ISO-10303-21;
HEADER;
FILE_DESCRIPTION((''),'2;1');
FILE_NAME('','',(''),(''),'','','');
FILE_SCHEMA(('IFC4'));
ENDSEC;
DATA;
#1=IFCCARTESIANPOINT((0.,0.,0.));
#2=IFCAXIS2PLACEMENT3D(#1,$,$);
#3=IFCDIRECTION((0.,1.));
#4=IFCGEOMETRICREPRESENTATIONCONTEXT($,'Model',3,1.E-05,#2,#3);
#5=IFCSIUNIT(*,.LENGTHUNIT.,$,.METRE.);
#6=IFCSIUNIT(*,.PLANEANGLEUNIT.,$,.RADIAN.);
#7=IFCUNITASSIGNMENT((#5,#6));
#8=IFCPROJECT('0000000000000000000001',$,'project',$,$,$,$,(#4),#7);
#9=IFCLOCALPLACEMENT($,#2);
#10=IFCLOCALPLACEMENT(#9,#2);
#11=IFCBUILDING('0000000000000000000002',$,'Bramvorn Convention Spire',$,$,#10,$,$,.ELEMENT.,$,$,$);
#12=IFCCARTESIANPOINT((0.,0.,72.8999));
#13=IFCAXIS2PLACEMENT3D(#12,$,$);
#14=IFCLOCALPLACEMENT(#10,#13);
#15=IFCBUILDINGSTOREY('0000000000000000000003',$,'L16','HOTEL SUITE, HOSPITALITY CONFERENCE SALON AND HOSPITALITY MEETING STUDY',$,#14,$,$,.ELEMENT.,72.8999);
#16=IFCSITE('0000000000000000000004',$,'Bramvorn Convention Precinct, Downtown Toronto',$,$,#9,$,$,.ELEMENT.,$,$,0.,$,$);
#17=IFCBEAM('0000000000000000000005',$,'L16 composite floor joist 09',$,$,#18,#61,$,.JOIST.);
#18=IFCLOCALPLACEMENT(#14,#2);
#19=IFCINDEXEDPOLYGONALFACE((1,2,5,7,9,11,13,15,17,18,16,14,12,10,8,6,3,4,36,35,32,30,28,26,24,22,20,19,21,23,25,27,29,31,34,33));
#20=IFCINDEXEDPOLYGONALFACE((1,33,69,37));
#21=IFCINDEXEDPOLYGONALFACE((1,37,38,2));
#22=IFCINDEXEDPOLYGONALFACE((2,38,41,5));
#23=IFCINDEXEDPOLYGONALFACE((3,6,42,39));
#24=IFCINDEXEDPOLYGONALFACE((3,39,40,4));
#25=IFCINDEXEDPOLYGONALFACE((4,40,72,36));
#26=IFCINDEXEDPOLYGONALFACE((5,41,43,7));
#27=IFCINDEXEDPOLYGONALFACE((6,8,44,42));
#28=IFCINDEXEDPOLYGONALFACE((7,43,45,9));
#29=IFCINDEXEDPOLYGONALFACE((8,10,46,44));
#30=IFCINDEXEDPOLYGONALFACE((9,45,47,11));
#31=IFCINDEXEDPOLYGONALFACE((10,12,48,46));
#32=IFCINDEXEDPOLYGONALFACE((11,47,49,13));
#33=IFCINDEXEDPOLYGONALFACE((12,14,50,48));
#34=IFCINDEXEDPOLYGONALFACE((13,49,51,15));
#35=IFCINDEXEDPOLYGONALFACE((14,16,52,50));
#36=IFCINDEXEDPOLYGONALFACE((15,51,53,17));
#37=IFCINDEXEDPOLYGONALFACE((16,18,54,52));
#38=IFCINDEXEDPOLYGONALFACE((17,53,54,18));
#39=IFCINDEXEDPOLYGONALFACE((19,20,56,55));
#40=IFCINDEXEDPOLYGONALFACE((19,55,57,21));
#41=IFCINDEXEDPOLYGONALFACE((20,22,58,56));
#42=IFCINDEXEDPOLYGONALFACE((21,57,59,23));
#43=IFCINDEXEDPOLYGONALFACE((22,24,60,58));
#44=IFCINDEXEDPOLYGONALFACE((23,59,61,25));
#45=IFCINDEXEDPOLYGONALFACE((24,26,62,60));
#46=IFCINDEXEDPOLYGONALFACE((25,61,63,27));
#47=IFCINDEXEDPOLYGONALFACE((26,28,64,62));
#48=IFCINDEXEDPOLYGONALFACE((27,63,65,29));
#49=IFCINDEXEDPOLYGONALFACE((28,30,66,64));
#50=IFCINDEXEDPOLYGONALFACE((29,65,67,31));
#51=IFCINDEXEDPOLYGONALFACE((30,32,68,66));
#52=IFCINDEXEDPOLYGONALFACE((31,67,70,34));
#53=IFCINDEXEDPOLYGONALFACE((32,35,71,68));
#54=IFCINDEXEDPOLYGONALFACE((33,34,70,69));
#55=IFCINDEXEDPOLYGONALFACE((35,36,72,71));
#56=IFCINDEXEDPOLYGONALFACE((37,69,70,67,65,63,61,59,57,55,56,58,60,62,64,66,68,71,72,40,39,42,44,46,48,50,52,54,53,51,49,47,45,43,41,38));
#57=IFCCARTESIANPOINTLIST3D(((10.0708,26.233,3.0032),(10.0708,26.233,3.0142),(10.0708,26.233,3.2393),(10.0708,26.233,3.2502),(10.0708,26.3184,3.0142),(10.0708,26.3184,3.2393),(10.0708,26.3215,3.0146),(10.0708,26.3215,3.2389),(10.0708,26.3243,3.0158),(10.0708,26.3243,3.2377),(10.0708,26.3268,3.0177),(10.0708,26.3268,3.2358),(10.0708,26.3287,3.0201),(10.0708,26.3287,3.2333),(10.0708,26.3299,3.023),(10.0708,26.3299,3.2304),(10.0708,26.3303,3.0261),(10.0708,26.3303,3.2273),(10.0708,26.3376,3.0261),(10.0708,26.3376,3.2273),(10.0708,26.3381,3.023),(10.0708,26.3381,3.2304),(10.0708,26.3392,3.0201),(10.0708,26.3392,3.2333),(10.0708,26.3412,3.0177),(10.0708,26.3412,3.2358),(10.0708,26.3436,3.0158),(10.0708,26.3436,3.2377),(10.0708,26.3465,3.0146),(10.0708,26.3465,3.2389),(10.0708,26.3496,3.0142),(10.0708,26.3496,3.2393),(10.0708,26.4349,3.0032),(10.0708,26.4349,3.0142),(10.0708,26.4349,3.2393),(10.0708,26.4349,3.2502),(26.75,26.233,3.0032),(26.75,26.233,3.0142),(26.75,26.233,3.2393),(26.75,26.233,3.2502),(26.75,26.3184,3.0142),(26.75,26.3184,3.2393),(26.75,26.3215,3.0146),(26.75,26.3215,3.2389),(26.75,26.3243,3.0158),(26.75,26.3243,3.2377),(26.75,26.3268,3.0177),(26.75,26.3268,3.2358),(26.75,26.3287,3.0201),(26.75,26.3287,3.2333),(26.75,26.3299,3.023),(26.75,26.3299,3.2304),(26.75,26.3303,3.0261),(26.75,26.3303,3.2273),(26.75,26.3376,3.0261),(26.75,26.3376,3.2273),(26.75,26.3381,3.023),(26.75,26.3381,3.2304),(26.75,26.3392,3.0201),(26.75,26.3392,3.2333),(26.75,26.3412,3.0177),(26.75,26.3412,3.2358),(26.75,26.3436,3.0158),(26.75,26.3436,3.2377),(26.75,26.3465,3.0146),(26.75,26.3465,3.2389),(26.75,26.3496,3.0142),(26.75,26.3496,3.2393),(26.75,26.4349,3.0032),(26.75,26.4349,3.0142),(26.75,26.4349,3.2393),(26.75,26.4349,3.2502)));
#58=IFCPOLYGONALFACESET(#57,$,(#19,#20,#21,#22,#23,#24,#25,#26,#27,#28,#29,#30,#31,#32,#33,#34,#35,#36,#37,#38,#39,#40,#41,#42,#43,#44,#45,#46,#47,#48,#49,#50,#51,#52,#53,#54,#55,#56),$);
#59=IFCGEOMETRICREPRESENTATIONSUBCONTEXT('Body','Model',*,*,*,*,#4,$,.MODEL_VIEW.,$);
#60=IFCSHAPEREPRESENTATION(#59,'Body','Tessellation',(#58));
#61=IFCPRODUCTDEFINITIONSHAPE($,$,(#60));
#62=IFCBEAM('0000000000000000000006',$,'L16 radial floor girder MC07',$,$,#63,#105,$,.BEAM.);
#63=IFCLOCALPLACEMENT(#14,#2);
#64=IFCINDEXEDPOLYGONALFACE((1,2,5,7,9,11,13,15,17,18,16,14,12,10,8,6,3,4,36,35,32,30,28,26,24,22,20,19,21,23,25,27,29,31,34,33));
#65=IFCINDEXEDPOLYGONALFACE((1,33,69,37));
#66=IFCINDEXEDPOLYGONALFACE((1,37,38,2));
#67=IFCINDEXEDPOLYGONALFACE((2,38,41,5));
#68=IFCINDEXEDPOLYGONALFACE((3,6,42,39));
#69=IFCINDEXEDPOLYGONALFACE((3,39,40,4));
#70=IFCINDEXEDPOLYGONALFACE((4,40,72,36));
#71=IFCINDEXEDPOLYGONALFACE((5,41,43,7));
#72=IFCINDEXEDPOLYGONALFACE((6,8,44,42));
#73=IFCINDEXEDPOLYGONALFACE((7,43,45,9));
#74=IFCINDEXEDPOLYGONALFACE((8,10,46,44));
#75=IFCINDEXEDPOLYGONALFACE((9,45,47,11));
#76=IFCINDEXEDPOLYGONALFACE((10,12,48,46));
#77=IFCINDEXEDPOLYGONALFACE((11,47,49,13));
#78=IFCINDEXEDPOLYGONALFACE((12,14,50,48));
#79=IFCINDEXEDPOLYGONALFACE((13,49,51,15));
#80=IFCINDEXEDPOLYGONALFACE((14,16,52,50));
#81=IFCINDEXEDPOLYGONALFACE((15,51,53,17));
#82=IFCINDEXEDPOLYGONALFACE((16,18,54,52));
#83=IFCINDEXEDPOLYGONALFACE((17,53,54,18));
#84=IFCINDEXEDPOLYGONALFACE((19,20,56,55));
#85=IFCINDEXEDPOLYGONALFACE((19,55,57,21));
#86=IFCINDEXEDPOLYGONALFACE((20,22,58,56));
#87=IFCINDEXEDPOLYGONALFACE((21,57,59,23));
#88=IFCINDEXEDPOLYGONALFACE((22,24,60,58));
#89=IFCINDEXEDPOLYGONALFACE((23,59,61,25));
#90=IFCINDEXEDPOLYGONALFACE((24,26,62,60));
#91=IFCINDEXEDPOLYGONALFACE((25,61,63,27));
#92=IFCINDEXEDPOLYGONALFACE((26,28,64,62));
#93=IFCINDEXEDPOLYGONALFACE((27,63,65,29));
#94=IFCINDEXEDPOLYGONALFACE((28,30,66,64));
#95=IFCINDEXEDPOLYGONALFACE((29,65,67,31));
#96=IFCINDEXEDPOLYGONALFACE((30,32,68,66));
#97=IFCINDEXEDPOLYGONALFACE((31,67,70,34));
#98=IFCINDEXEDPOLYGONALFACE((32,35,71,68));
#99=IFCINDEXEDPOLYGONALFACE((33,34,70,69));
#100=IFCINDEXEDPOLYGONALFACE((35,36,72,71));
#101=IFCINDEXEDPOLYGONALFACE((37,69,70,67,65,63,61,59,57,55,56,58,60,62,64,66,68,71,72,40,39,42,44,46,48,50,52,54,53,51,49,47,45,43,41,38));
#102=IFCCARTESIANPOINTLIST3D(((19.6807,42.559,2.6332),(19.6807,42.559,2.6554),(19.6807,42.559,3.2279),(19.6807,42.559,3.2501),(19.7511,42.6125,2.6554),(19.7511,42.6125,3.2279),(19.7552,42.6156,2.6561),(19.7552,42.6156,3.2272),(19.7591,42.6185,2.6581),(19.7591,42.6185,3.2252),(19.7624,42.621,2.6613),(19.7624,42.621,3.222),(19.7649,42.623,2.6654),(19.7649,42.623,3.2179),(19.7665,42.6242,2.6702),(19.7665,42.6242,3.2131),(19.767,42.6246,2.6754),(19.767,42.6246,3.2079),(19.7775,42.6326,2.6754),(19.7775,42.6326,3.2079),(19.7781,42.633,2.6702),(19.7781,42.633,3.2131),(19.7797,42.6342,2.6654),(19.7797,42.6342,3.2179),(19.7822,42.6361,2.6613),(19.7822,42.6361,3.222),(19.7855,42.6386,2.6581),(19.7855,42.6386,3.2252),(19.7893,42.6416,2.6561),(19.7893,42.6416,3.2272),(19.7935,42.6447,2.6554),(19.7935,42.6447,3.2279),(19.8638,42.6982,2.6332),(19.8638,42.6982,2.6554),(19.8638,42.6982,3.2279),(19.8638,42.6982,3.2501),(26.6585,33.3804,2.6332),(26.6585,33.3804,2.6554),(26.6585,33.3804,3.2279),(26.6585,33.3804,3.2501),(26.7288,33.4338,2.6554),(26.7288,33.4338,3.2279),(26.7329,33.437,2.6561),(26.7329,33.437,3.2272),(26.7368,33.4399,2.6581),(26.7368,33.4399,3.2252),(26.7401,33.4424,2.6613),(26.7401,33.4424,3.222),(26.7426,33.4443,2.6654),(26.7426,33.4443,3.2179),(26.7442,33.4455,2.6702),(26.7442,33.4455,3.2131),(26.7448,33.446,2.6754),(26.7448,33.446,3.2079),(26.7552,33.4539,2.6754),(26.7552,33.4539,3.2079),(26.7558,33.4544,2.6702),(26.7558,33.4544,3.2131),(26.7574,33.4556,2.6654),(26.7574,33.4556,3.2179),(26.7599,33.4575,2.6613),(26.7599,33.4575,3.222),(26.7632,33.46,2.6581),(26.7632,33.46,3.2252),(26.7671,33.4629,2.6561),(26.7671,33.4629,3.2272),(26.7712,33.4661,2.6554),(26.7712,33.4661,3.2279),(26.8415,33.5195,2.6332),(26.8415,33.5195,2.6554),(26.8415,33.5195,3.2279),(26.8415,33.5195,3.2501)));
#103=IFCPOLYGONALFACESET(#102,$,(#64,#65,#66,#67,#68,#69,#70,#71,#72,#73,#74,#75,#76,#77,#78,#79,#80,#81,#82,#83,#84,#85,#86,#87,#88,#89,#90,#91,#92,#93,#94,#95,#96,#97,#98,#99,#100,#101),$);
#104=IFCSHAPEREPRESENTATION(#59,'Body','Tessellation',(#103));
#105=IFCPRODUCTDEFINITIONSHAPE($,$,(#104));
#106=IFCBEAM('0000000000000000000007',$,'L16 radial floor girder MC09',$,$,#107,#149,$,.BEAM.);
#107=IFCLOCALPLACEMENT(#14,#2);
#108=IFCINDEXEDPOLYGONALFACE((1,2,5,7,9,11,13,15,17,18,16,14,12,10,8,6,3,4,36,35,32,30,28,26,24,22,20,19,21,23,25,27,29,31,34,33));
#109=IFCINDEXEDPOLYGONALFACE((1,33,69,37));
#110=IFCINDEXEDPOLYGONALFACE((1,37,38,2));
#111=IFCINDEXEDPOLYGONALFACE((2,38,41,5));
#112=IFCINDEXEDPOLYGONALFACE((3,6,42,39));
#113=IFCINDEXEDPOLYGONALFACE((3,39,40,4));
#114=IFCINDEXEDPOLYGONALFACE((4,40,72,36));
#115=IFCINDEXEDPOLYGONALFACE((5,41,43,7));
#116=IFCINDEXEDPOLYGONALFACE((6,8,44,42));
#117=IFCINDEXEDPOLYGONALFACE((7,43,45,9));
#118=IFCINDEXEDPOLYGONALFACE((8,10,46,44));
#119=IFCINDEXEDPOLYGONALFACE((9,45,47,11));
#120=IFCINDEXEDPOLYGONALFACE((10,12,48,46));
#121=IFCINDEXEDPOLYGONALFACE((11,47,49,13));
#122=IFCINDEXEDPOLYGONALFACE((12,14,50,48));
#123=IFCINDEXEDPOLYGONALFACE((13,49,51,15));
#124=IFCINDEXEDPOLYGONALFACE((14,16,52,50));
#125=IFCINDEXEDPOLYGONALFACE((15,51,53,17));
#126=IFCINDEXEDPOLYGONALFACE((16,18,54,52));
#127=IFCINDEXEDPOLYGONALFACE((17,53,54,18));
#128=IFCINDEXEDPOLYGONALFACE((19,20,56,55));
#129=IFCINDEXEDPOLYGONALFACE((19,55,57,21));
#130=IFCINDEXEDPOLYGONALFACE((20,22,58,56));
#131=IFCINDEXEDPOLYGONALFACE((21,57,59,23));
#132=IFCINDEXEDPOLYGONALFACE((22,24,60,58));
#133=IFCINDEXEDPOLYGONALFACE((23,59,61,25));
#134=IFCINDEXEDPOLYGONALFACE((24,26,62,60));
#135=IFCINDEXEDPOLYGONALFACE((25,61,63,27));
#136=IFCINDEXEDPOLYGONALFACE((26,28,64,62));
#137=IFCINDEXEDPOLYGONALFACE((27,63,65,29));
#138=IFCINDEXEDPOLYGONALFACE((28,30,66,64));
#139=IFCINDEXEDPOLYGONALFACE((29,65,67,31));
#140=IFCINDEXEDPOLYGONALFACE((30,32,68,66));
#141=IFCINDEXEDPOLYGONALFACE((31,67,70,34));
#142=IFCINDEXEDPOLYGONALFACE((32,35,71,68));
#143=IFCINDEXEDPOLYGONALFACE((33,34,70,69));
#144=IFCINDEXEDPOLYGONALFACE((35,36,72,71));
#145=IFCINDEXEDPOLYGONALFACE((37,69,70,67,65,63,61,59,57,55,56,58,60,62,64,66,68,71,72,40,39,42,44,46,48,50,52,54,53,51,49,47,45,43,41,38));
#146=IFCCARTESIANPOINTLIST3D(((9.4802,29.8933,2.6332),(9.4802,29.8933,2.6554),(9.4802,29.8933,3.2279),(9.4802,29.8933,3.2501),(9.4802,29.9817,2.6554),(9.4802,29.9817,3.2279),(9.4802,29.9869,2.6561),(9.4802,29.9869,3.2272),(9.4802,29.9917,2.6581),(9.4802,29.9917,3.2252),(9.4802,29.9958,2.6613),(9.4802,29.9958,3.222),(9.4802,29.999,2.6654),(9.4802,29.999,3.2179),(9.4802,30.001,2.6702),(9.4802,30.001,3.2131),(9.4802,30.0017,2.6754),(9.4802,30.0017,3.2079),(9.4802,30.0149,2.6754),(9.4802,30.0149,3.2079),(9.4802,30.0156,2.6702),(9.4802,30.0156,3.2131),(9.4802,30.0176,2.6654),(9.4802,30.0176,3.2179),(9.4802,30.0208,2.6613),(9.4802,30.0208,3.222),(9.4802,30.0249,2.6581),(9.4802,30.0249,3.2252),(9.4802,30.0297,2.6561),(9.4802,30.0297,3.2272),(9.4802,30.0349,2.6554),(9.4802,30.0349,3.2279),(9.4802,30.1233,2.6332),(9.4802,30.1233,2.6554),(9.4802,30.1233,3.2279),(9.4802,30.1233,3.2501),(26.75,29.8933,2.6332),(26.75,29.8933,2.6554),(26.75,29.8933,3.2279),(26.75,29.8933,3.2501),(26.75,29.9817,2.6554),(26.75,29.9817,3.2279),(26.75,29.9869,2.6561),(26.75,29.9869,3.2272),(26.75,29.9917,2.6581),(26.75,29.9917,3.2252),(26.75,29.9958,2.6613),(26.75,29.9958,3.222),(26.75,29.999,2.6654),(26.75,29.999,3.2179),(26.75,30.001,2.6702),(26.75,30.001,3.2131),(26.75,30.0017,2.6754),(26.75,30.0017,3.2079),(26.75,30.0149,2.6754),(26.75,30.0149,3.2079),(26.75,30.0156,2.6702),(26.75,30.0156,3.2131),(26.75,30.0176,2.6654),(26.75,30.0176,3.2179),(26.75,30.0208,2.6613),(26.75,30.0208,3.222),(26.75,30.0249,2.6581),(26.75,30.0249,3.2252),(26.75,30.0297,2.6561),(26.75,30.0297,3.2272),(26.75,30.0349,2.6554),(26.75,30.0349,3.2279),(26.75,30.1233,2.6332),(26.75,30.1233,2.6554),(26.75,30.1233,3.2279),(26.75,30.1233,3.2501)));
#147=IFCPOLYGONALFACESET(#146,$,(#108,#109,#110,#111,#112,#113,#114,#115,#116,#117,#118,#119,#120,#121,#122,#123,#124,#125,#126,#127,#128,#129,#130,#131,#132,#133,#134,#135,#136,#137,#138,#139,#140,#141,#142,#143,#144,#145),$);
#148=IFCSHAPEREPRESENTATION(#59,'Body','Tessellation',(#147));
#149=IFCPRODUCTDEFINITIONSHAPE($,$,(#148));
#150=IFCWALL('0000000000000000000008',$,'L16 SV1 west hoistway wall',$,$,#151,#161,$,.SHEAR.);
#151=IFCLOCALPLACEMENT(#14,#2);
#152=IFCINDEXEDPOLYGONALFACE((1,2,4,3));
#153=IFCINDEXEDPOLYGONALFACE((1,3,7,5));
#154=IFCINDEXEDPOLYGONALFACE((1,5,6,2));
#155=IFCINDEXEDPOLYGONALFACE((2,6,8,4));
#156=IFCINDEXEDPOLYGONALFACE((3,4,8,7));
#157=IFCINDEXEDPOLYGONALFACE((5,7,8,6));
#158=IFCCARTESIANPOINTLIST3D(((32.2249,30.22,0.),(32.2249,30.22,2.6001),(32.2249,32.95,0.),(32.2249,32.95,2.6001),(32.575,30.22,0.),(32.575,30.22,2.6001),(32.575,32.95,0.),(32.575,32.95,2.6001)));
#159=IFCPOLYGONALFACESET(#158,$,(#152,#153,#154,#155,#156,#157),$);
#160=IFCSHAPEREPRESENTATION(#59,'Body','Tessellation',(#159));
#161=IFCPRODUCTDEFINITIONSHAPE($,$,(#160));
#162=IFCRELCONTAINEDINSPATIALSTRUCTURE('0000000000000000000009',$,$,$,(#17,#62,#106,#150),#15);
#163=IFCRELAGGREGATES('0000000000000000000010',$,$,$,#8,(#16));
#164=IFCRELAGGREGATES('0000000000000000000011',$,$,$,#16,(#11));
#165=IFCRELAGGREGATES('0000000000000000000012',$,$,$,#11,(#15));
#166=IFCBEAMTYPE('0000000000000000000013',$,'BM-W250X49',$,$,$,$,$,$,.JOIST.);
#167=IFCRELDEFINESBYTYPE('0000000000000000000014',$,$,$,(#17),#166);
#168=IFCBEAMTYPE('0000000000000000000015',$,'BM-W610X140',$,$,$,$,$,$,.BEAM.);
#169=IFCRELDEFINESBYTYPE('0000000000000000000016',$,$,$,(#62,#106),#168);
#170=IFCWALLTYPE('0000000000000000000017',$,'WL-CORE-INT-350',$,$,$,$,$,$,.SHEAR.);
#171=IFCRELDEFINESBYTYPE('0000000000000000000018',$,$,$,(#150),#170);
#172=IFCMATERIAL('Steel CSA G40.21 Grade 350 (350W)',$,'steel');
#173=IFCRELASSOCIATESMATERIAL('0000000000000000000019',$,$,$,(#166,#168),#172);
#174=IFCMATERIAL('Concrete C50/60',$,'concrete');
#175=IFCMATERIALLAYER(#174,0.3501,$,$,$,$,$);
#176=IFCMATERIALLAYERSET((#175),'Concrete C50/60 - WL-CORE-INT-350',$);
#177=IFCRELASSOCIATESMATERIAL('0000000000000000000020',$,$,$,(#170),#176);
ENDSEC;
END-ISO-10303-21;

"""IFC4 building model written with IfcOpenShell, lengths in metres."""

from ifc_helpers import new_model, si_unit, direction, frame, frame_2d, origin, origin_2d, place, context, subcontext, project, spatial, rectangle, i_section, extrude, material, layer, layer_set, material_profile, profile_set, type_object, element, save


model = new_model("IFC4")

# Units and contexts
model_context = context("Model", 3, precision=1e-05, world=origin(), true_north=direction((0.0, 1.0)))
body_context = subcontext(model_context, "Body", "Model", "MODEL_VIEW")
ifc_project = project(units=[si_unit("LENGTHUNIT", "METRE"), si_unit("PLANEANGLEUNIT", "RADIAN")], contexts=[model_context])

# Site, building, storey
site_placement = place(None, origin())
site = spatial("IfcSite", under=ifc_project, at=site_placement, Name="Bramvorn Convention Precinct, Downtown Toronto", CompositionType="ELEMENT", RefElevation=0.0)
building_placement = place(site_placement, origin())
building = spatial("IfcBuilding", under=site, at=building_placement, Name="Bramvorn Convention Spire", CompositionType="ELEMENT")
storey_placement = place(building_placement, frame((0.0, 0.0, 72.8999)))
storey = spatial("IfcBuildingStorey", under=building, at=storey_placement, Name="L16", Description="HOTEL SUITE, HOSPITALITY CONFERENCE SALON AND HOSPITALITY MEETING STUDY", CompositionType="ELEMENT", Elevation=72.8999)

# Beams
ifc_material_1 = material(Name="Steel CSA G40.21 Grade 350 (350W)", Category="steel")
ifc_material_profile_1 = material_profile(ifc_material_1, i_section(OverallWidth=0.2019, OverallDepth=0.2471, WebThickness=0.0073, FlangeThickness=0.011, FilletRadius=0.012, at=origin_2d()))
ifc_profile_set_1 = profile_set([ifc_material_profile_1], Name="Steel CSA G40.21 Grade 350 (350W) - W250X49")
beam_type_1 = type_object("IfcBeamType", Name="BM-W250X49", PredefinedType="JOIST", material=ifc_profile_set_1)
beam_1_placement = place(storey_placement, frame((26.75, 26.334, 3.1267), z_axis=(-1.0, 0.0, 0.0), x_axis=(0.0, -1.0, 0.0)))
element("IfcBeam", 1, at=beam_1_placement, inside=storey, type_object=beam_type_1, Name="L16 composite floor joist 09", PredefinedType="JOIST", context=body_context, shape_type="SweptSolid", body=[
    extrude(i_section(OverallWidth=0.2019, OverallDepth=0.2471, WebThickness=0.0073, FlangeThickness=0.011, FilletRadius=0.012, at=origin_2d()), origin(), (0.0, 0.0, 1.0), 16.6792),
])
ifc_material_profile_2 = material_profile(ifc_material_1, i_section(OverallWidth=0.23, OverallDepth=0.6169, WebThickness=0.0132, FlangeThickness=0.0222, FilletRadius=0.02, at=origin_2d()))
ifc_profile_set_2 = profile_set([ifc_material_profile_2], Name="Steel CSA G40.21 Grade 350 (350W) - W610X140")
beam_type_2 = type_object("IfcBeamType", Name="BM-W610X140", PredefinedType="BEAM", material=ifc_profile_set_2)
beam_2_placement = place(storey_placement, frame((26.75, 33.45, 2.9417), z_axis=(-0.605191, 0.79608, 0.0), x_axis=(-0.79608, -0.605191, 0.0)))
element("IfcBeam", 2, at=beam_2_placement, inside=storey, type_object=beam_type_2, Name="L16 radial floor girder MC07", PredefinedType="BEAM", context=body_context, shape_type="SweptSolid", body=[
    extrude(i_section(OverallWidth=0.23, OverallDepth=0.6169, WebThickness=0.0132, FlangeThickness=0.0222, FilletRadius=0.02, at=origin_2d()), origin(), (0.0, 0.0, 1.0), 11.5298),
])
beam_3_placement = place(storey_placement, frame((26.75, 30.0083, 2.9417), z_axis=(-1.0, 0.0, 0.0), x_axis=(0.0, -1.0, 0.0)))
element("IfcBeam", 3, at=beam_3_placement, inside=storey, type_object=beam_type_2, Name="L16 radial floor girder MC09", PredefinedType="BEAM", context=body_context, shape_type="SweptSolid", body=[
    extrude(i_section(OverallWidth=0.23, OverallDepth=0.6169, WebThickness=0.0132, FlangeThickness=0.0222, FilletRadius=0.02, at=origin_2d()), origin(), (0.0, 0.0, 1.0), 17.2698),
])

# Shared definitions
ifc_material_2 = material(Name="Concrete C50/60", Category="concrete")
ifc_layer_1 = layer(ifc_material_2, 0.3501)
ifc_layer_set_1 = layer_set([ifc_layer_1], Name="Concrete C50/60 - WL-CORE-INT-350")
wall_type_1 = type_object("IfcWallType", Name="WL-CORE-INT-350", PredefinedType="SHEAR", material=ifc_layer_set_1)

# Wall
wall_1_placement = place(storey_placement, frame((32.3999, 30.22, 0.0), z_axis=(0.0, 0.0, 1.0), x_axis=(0.0, 1.0, 0.0)))
element("IfcWall", 4, at=wall_1_placement, inside=storey, type_object=wall_type_1, Name="L16 SV1 west hoistway wall", PredefinedType="SHEAR", context=body_context, shape_type="SweptSolid", body=[
    extrude(rectangle(XDim=2.73, YDim=0.3501, at=frame_2d((1.365, 0.0))), origin(), (0.0, 0.0, 1.0), 2.6001),
])

save(model, "model.ifc")
